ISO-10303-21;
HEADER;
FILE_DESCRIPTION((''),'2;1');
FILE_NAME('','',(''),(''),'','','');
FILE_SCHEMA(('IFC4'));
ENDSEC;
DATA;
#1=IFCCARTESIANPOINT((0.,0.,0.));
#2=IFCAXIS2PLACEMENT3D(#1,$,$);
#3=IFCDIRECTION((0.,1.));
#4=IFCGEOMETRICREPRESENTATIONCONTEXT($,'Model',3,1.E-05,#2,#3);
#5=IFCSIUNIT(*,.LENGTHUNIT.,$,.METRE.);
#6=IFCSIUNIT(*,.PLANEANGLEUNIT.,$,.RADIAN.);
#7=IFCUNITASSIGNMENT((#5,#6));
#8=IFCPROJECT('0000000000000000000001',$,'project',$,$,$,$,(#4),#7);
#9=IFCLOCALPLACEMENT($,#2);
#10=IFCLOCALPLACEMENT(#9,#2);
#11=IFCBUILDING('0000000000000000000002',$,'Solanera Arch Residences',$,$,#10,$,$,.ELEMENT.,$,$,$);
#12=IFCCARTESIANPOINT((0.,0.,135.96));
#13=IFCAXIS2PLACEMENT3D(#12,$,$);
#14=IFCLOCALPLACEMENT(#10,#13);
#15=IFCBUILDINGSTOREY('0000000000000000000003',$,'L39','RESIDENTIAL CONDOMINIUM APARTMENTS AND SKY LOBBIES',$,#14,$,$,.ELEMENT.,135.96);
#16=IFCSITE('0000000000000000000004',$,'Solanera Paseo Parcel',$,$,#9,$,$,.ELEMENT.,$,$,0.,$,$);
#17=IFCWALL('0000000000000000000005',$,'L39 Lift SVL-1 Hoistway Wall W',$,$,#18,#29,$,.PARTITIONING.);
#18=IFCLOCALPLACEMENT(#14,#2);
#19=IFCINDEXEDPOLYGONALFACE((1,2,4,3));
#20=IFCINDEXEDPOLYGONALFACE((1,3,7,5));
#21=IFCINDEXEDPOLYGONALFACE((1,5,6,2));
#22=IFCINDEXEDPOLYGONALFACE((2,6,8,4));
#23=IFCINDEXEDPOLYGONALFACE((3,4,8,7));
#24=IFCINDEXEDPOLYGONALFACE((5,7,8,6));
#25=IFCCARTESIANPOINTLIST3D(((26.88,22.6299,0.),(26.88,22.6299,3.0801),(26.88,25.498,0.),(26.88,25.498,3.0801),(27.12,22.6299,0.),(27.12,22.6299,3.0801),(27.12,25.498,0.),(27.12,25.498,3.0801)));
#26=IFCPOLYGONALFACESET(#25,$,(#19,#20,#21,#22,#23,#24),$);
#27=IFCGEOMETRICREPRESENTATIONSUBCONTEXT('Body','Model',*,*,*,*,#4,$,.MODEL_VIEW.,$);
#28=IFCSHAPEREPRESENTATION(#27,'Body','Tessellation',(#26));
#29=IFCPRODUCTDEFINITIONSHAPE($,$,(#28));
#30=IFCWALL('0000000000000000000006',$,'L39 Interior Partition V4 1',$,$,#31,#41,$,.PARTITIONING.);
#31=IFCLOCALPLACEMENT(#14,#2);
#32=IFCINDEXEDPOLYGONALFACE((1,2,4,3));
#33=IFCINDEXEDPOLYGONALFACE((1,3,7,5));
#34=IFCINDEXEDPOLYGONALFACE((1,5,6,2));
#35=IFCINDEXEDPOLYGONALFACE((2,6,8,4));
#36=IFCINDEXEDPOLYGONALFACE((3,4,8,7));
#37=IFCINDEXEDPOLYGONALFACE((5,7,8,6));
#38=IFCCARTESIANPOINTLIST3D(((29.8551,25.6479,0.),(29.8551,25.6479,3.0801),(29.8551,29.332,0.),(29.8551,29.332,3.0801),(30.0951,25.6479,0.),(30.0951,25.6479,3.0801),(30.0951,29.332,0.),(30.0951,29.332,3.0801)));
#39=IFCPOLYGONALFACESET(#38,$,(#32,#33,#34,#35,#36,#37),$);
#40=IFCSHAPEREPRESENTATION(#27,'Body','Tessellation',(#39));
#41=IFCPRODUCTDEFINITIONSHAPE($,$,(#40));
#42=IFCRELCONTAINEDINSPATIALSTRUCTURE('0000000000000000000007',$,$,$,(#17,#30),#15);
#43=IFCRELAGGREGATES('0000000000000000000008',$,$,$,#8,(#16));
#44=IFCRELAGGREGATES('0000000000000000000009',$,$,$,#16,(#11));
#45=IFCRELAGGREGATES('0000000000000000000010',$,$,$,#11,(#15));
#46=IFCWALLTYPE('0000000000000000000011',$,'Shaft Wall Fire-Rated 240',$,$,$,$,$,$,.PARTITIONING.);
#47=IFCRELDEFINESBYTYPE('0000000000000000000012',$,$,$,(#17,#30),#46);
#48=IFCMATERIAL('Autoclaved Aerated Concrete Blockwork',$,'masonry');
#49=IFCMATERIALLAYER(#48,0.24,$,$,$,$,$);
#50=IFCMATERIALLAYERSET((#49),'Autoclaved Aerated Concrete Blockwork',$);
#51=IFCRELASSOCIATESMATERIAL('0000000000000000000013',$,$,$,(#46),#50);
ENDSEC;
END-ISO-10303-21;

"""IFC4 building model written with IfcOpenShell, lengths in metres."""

from ifc_helpers import new_model, si_unit, direction, frame, frame_2d, origin, place, context, subcontext, project, spatial, rectangle, extrude, material, layer, layer_set, type_object, element, save


model = new_model("IFC4")

# Units and contexts
model_context = context("Model", 3, precision=1e-05, world=origin(), true_north=direction((0.0, 1.0)))
body_context = subcontext(model_context, "Body", "Model", "MODEL_VIEW")
ifc_project = project(units=[si_unit("LENGTHUNIT", "METRE"), si_unit("PLANEANGLEUNIT", "RADIAN")], contexts=[model_context])

# Site, building, storey
site_placement = place(None, origin())
site = spatial("IfcSite", under=ifc_project, at=site_placement, Name="Solanera Paseo Parcel", CompositionType="ELEMENT", RefElevation=0.0)
building_placement = place(site_placement, origin())
building = spatial("IfcBuilding", under=site, at=building_placement, Name="Solanera Arch Residences", CompositionType="ELEMENT")
storey_placement = place(building_placement, frame((0.0, 0.0, 135.96)))
storey = spatial("IfcBuildingStorey", under=building, at=storey_placement, Name="L39", Description="RESIDENTIAL CONDOMINIUM APARTMENTS AND SKY LOBBIES", CompositionType="ELEMENT", Elevation=135.96)

# Walls
ifc_material_1 = material(Name="Autoclaved Aerated Concrete Blockwork", Category="masonry")
ifc_layer_1 = layer(ifc_material_1, 0.24)
ifc_layer_set_1 = layer_set([ifc_layer_1], Name="Autoclaved Aerated Concrete Blockwork")
wall_type_1 = type_object("IfcWallType", Name="Shaft Wall Fire-Rated 240", PredefinedType="PARTITIONING", material=ifc_layer_set_1)
wall_1_placement = place(storey_placement, frame((27.0, 22.6299, 0.0), z_axis=(0.0, 0.0, 1.0), x_axis=(0.0, 1.0, 0.0)))
element("IfcWall", 1, at=wall_1_placement, inside=storey, type_object=wall_type_1, Name="L39 Lift SVL-1 Hoistway Wall W", PredefinedType="PARTITIONING", context=body_context, shape_type="SweptSolid", body=[
    extrude(rectangle(XDim=2.8682, YDim=0.24, at=frame_2d((1.4341, 0.0))), origin(), (0.0, 0.0, 1.0), 3.0801),
])
wall_2_placement = place(storey_placement, frame((29.9751, 25.6479, 0.0), z_axis=(0.0, 0.0, 1.0), x_axis=(0.0, 1.0, 0.0)))
element("IfcWall", 2, at=wall_2_placement, inside=storey, type_object=wall_type_1, Name="L39 Interior Partition V4 1", PredefinedType="PARTITIONING", context=body_context, shape_type="SweptSolid", body=[
    extrude(rectangle(XDim=3.6841, YDim=0.24, at=frame_2d((1.842, 0.0))), origin(), (0.0, 0.0, 1.0), 3.0801),
])

save(model, "model.ifc")
